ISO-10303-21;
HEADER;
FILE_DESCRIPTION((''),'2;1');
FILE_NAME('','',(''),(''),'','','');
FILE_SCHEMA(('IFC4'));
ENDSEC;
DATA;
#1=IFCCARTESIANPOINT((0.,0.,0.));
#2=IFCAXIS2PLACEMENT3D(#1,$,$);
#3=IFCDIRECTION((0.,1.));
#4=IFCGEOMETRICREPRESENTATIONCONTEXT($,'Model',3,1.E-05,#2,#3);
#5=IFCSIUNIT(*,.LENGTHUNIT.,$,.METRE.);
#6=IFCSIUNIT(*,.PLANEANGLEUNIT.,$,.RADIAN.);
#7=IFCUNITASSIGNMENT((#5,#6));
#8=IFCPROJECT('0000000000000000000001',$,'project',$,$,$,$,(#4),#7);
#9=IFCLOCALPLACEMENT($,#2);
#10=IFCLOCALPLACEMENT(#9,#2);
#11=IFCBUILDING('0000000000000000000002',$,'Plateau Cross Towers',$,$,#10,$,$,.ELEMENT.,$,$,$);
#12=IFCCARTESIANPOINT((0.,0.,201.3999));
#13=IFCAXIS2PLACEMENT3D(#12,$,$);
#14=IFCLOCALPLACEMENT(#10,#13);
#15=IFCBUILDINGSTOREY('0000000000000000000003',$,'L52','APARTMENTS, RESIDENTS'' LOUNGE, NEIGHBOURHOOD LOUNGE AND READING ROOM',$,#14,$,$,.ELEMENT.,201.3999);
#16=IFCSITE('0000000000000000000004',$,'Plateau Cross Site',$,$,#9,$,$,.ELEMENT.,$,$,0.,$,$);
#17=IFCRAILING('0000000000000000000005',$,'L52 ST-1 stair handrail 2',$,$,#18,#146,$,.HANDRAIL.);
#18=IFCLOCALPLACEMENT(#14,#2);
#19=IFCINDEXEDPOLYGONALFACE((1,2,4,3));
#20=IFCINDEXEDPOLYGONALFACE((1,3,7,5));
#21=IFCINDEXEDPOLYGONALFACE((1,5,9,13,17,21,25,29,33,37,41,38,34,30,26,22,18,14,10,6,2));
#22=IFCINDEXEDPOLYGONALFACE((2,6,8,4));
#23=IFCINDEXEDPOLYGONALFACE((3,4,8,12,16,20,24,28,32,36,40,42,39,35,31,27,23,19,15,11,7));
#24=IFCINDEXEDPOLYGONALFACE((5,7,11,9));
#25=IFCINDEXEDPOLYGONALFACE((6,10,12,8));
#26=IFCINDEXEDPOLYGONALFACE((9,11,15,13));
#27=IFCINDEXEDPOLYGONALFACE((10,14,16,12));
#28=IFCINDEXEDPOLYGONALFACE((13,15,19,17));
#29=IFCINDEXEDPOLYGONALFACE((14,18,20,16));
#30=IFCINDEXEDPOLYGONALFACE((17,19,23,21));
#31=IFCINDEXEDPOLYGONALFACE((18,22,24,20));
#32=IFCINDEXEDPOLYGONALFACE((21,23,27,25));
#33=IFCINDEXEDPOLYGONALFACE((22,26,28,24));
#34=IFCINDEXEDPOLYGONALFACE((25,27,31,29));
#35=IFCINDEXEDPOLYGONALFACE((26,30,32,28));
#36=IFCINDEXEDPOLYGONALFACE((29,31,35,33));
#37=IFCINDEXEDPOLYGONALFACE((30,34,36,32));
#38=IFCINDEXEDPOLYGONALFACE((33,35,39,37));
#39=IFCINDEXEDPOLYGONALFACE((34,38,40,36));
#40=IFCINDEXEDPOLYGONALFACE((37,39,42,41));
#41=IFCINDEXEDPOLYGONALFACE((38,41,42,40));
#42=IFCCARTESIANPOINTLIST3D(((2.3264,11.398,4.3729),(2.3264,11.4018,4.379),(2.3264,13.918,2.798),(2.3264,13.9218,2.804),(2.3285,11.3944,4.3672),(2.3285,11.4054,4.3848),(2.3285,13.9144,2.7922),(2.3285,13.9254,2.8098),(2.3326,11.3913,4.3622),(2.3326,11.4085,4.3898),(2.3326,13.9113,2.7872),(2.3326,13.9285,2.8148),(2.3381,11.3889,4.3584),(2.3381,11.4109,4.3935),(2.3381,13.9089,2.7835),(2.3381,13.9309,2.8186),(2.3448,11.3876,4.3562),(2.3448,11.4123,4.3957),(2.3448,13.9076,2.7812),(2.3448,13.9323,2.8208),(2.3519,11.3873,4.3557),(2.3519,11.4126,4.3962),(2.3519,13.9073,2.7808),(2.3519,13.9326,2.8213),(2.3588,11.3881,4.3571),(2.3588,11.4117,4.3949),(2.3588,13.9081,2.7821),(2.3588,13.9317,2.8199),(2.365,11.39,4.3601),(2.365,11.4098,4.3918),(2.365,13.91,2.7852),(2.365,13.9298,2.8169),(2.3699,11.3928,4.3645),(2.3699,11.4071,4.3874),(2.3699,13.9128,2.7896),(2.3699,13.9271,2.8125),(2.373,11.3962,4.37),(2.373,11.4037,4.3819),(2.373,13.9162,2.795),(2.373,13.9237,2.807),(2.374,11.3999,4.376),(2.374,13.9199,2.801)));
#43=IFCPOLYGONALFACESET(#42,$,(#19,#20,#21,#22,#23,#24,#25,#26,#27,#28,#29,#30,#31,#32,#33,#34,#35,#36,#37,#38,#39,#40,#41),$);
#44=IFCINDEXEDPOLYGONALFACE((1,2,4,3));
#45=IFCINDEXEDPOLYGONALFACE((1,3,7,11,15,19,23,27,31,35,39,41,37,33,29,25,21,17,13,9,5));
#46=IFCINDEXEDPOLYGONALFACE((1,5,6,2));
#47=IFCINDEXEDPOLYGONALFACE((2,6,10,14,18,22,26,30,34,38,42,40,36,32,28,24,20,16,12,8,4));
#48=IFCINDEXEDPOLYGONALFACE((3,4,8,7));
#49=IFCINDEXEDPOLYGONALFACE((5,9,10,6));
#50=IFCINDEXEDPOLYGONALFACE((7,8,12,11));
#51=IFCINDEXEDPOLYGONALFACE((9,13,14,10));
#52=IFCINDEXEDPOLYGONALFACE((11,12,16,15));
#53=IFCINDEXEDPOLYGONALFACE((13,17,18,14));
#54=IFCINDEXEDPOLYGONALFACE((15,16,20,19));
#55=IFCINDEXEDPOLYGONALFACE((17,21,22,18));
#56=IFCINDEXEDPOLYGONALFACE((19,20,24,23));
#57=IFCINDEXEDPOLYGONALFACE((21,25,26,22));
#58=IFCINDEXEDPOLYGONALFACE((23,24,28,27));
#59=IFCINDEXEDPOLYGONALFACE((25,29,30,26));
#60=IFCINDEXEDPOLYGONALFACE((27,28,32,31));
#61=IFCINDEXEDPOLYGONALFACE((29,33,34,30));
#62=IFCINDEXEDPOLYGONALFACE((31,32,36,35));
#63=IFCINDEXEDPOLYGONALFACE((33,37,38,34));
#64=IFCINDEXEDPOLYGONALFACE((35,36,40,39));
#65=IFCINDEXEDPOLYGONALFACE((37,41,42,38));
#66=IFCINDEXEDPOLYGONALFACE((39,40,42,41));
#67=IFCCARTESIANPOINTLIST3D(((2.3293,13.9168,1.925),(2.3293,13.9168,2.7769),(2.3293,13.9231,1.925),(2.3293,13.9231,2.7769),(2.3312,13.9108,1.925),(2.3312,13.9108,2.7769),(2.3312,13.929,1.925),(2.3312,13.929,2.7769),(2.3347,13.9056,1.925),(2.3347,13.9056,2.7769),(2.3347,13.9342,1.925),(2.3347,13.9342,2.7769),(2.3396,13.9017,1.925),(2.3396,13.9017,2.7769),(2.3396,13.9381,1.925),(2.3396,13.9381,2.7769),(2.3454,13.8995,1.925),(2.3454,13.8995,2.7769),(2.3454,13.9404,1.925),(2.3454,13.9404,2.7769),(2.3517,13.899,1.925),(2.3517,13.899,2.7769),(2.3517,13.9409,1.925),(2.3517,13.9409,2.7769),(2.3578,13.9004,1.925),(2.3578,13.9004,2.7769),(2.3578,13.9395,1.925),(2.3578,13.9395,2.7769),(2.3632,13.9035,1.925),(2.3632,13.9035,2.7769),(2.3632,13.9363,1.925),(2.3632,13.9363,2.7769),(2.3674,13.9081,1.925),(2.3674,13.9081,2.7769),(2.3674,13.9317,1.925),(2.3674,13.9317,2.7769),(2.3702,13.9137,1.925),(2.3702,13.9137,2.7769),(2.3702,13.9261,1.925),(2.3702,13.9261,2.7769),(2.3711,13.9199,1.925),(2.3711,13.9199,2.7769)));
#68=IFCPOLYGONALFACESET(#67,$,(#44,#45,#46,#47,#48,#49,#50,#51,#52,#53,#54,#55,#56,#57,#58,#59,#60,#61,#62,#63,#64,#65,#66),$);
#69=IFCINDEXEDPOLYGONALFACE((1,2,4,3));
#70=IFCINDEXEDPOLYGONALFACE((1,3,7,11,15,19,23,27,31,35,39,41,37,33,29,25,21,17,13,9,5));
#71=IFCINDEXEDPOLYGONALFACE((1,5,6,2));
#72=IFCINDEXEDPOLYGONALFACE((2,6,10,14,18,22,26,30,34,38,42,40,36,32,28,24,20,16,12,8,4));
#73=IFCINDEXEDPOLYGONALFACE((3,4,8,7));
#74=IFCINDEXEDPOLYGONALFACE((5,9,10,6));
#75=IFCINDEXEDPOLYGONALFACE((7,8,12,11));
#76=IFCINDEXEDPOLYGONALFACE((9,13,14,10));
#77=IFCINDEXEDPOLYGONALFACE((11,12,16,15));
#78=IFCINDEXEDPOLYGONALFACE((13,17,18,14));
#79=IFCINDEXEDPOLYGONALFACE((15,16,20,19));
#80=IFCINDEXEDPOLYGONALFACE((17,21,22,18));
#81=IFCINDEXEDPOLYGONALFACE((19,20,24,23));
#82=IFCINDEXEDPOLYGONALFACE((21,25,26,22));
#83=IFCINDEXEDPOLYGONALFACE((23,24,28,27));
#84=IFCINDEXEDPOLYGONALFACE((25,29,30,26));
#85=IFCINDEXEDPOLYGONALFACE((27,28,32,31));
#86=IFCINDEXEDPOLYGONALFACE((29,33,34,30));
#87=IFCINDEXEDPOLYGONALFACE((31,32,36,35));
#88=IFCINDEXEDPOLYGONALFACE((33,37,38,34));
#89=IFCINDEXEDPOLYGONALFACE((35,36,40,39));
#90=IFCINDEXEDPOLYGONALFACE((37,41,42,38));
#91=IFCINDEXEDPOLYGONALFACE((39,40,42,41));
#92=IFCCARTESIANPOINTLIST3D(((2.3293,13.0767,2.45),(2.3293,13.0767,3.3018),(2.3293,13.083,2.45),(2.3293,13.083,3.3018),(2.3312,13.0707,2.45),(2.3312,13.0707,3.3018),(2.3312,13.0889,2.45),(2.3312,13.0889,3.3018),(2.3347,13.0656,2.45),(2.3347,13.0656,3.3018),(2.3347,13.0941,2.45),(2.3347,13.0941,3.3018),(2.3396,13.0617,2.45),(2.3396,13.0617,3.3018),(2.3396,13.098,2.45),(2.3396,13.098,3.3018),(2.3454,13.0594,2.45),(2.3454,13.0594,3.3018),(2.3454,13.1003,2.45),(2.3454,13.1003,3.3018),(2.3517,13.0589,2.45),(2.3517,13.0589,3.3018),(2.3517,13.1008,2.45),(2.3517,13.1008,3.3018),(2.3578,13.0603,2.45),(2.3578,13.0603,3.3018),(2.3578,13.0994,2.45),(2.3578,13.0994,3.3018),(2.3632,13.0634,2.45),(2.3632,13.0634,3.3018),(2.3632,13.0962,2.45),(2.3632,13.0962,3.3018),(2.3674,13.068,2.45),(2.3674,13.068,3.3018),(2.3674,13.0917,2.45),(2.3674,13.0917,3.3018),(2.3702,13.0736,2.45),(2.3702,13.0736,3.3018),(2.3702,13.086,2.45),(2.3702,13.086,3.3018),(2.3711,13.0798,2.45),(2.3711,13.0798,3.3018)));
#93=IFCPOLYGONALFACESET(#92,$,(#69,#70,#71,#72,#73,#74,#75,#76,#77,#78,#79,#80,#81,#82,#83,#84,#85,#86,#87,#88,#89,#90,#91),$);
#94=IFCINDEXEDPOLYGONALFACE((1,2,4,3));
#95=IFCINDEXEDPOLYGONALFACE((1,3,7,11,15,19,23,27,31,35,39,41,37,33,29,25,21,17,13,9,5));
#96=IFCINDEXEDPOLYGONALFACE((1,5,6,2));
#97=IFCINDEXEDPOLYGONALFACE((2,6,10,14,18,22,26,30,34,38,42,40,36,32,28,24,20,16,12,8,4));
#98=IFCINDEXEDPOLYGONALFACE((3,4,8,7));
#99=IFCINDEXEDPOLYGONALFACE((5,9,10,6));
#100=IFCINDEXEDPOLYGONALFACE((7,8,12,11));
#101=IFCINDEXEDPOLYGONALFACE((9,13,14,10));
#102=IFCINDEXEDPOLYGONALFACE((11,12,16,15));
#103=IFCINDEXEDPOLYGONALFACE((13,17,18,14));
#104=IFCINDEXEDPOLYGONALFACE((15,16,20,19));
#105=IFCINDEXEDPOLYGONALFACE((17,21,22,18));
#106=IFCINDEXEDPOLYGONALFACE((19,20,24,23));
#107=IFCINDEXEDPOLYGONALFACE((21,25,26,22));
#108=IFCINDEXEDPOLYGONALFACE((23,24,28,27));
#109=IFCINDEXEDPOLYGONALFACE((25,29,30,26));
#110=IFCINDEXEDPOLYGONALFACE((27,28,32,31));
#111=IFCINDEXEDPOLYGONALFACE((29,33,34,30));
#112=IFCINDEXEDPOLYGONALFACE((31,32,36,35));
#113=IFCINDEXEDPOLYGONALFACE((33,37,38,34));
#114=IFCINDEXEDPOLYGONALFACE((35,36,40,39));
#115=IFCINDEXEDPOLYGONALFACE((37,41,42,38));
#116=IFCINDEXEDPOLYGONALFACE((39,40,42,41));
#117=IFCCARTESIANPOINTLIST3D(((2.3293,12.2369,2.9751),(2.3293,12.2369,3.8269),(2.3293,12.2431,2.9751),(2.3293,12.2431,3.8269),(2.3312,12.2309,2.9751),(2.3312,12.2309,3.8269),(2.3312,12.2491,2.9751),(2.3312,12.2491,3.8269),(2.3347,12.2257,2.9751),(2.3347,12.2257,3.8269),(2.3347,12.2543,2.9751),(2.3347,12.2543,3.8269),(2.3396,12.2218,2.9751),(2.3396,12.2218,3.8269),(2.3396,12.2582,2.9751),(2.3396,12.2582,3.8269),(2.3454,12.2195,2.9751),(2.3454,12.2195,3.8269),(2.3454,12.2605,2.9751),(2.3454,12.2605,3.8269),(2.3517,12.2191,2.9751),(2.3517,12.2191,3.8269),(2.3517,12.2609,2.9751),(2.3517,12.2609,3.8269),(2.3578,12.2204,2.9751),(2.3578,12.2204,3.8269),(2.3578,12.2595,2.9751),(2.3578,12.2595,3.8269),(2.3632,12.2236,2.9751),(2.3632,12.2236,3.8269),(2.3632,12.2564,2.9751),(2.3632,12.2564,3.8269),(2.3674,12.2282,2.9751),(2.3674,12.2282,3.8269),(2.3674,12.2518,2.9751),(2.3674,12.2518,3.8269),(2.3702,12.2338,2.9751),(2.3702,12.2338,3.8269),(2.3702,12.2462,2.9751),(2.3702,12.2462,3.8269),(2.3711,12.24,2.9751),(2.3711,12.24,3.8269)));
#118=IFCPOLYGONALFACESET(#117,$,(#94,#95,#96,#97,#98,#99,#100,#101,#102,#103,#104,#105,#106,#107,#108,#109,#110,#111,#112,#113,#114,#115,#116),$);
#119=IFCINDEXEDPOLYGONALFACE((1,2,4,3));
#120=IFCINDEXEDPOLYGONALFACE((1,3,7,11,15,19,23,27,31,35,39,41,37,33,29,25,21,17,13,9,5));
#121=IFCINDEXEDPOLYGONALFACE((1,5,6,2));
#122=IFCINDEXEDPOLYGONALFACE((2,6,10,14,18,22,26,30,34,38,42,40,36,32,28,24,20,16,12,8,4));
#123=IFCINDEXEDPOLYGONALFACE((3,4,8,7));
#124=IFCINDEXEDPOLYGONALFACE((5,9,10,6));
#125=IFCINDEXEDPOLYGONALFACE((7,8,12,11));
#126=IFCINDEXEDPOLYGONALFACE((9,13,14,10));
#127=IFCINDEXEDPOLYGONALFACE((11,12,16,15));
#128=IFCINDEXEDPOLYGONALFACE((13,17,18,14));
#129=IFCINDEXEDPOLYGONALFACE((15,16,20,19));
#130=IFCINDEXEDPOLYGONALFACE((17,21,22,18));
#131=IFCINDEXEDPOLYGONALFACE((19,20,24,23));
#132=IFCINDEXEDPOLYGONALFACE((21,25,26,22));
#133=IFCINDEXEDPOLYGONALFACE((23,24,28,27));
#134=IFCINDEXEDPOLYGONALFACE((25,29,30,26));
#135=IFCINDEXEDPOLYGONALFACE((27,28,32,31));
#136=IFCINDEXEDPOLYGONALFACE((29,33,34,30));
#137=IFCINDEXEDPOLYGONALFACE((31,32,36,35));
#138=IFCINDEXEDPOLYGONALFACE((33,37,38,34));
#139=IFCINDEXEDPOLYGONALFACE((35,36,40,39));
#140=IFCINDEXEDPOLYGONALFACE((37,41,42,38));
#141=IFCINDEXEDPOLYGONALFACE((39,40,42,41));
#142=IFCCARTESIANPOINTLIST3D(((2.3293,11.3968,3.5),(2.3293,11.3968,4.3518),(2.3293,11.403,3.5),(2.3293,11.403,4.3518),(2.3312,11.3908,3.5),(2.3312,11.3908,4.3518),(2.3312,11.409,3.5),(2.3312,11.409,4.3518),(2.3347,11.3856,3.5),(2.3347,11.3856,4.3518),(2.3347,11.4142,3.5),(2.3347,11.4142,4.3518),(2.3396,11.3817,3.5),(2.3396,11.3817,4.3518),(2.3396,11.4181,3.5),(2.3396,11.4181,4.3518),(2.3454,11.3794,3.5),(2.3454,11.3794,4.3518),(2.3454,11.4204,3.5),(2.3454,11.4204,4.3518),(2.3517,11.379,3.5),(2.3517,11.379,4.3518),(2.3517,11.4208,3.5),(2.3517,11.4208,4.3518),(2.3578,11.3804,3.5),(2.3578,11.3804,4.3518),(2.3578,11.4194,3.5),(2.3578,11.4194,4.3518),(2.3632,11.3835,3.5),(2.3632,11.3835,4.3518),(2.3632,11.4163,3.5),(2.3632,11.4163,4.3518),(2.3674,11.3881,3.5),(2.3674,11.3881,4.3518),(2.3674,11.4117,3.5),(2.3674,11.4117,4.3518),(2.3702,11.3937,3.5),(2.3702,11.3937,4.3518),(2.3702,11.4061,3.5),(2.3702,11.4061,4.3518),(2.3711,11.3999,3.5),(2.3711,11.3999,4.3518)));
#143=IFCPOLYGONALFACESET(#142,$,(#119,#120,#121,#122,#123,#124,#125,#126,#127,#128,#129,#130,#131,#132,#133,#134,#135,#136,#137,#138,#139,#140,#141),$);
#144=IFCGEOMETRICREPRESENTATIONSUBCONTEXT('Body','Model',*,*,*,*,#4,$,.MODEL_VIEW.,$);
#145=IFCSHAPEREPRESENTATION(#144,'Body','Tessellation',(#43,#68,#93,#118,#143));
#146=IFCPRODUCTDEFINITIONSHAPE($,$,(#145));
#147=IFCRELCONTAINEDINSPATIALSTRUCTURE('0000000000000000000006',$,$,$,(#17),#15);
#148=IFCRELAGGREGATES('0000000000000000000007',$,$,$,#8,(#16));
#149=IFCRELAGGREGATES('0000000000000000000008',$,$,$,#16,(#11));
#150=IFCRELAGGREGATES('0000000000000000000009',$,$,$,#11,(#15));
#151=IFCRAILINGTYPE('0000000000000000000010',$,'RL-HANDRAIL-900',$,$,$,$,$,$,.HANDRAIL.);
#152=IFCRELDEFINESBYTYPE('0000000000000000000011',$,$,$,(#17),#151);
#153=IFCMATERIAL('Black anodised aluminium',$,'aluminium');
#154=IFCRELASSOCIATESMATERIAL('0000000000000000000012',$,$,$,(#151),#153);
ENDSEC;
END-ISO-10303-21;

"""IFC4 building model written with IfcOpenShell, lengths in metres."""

from ifc_helpers import new_model, si_unit, direction, frame, origin, origin_2d, place, context, subcontext, project, spatial, circle, extrude, material, type_object, element, save


model = new_model("IFC4")

# Units and contexts
model_context = context("Model", 3, precision=1e-05, world=origin(), true_north=direction((0.0, 1.0)))
body_context = subcontext(model_context, "Body", "Model", "MODEL_VIEW")
ifc_project = project(units=[si_unit("LENGTHUNIT", "METRE"), si_unit("PLANEANGLEUNIT", "RADIAN")], contexts=[model_context])

# Site, building, storey
site_placement = place(None, origin())
site = spatial("IfcSite", under=ifc_project, at=site_placement, Name="Plateau Cross Site", CompositionType="ELEMENT", RefElevation=0.0)
building_placement = place(site_placement, origin())
building = spatial("IfcBuilding", under=site, at=building_placement, Name="Plateau Cross Towers", CompositionType="ELEMENT")
storey_placement = place(building_placement, frame((0.0, 0.0, 201.3999)))
storey = spatial("IfcBuildingStorey", under=building, at=storey_placement, Name="L52", Description="APARTMENTS, RESIDENTS' LOUNGE, NEIGHBOURHOOD LOUNGE AND READING ROOM", CompositionType="ELEMENT", Elevation=201.3999)

# Shared definitions
ifc_material_1 = material(Name="Black anodised aluminium", Category="aluminium")

# Railing
railing_type_1 = type_object("IfcRailingType", Name="RL-HANDRAIL-900", PredefinedType="HANDRAIL", material=ifc_material_1)
railing_1_placement = place(storey_placement, frame((2.3501, 13.9199, 1.925)))
element("IfcRailing", 1, at=railing_1_placement, inside=storey, type_object=railing_type_1, Name="L52 ST-1 stair handrail 2", PredefinedType="HANDRAIL", context=body_context, shape_type="SweptSolid", body=[
    extrude(circle(Radius=0.0239, at=origin_2d()), frame((0.0, 0.0, 0.876), z_axis=(0.0, -0.848008, 0.529984), x_axis=(1.0, 0.0, 0.0)), (0.0, 0.0, 1.0), 2.9717),
    extrude(circle(Radius=0.021, at=origin_2d()), origin(), (0.0, 0.0, 1.0), 0.8518),
    extrude(circle(Radius=0.021, at=origin_2d()), frame((0.0, -0.8401, 0.5249)), (0.0, 0.0, 1.0), 0.8518),
    extrude(circle(Radius=0.021, at=origin_2d()), frame((0.0, -1.6799, 1.05)), (0.0, 0.0, 1.0), 0.8518),
    extrude(circle(Radius=0.021, at=origin_2d()), frame((0.0, -2.52, 1.575)), (0.0, 0.0, 1.0), 0.8518),
])

save(model, "model.ifc")
